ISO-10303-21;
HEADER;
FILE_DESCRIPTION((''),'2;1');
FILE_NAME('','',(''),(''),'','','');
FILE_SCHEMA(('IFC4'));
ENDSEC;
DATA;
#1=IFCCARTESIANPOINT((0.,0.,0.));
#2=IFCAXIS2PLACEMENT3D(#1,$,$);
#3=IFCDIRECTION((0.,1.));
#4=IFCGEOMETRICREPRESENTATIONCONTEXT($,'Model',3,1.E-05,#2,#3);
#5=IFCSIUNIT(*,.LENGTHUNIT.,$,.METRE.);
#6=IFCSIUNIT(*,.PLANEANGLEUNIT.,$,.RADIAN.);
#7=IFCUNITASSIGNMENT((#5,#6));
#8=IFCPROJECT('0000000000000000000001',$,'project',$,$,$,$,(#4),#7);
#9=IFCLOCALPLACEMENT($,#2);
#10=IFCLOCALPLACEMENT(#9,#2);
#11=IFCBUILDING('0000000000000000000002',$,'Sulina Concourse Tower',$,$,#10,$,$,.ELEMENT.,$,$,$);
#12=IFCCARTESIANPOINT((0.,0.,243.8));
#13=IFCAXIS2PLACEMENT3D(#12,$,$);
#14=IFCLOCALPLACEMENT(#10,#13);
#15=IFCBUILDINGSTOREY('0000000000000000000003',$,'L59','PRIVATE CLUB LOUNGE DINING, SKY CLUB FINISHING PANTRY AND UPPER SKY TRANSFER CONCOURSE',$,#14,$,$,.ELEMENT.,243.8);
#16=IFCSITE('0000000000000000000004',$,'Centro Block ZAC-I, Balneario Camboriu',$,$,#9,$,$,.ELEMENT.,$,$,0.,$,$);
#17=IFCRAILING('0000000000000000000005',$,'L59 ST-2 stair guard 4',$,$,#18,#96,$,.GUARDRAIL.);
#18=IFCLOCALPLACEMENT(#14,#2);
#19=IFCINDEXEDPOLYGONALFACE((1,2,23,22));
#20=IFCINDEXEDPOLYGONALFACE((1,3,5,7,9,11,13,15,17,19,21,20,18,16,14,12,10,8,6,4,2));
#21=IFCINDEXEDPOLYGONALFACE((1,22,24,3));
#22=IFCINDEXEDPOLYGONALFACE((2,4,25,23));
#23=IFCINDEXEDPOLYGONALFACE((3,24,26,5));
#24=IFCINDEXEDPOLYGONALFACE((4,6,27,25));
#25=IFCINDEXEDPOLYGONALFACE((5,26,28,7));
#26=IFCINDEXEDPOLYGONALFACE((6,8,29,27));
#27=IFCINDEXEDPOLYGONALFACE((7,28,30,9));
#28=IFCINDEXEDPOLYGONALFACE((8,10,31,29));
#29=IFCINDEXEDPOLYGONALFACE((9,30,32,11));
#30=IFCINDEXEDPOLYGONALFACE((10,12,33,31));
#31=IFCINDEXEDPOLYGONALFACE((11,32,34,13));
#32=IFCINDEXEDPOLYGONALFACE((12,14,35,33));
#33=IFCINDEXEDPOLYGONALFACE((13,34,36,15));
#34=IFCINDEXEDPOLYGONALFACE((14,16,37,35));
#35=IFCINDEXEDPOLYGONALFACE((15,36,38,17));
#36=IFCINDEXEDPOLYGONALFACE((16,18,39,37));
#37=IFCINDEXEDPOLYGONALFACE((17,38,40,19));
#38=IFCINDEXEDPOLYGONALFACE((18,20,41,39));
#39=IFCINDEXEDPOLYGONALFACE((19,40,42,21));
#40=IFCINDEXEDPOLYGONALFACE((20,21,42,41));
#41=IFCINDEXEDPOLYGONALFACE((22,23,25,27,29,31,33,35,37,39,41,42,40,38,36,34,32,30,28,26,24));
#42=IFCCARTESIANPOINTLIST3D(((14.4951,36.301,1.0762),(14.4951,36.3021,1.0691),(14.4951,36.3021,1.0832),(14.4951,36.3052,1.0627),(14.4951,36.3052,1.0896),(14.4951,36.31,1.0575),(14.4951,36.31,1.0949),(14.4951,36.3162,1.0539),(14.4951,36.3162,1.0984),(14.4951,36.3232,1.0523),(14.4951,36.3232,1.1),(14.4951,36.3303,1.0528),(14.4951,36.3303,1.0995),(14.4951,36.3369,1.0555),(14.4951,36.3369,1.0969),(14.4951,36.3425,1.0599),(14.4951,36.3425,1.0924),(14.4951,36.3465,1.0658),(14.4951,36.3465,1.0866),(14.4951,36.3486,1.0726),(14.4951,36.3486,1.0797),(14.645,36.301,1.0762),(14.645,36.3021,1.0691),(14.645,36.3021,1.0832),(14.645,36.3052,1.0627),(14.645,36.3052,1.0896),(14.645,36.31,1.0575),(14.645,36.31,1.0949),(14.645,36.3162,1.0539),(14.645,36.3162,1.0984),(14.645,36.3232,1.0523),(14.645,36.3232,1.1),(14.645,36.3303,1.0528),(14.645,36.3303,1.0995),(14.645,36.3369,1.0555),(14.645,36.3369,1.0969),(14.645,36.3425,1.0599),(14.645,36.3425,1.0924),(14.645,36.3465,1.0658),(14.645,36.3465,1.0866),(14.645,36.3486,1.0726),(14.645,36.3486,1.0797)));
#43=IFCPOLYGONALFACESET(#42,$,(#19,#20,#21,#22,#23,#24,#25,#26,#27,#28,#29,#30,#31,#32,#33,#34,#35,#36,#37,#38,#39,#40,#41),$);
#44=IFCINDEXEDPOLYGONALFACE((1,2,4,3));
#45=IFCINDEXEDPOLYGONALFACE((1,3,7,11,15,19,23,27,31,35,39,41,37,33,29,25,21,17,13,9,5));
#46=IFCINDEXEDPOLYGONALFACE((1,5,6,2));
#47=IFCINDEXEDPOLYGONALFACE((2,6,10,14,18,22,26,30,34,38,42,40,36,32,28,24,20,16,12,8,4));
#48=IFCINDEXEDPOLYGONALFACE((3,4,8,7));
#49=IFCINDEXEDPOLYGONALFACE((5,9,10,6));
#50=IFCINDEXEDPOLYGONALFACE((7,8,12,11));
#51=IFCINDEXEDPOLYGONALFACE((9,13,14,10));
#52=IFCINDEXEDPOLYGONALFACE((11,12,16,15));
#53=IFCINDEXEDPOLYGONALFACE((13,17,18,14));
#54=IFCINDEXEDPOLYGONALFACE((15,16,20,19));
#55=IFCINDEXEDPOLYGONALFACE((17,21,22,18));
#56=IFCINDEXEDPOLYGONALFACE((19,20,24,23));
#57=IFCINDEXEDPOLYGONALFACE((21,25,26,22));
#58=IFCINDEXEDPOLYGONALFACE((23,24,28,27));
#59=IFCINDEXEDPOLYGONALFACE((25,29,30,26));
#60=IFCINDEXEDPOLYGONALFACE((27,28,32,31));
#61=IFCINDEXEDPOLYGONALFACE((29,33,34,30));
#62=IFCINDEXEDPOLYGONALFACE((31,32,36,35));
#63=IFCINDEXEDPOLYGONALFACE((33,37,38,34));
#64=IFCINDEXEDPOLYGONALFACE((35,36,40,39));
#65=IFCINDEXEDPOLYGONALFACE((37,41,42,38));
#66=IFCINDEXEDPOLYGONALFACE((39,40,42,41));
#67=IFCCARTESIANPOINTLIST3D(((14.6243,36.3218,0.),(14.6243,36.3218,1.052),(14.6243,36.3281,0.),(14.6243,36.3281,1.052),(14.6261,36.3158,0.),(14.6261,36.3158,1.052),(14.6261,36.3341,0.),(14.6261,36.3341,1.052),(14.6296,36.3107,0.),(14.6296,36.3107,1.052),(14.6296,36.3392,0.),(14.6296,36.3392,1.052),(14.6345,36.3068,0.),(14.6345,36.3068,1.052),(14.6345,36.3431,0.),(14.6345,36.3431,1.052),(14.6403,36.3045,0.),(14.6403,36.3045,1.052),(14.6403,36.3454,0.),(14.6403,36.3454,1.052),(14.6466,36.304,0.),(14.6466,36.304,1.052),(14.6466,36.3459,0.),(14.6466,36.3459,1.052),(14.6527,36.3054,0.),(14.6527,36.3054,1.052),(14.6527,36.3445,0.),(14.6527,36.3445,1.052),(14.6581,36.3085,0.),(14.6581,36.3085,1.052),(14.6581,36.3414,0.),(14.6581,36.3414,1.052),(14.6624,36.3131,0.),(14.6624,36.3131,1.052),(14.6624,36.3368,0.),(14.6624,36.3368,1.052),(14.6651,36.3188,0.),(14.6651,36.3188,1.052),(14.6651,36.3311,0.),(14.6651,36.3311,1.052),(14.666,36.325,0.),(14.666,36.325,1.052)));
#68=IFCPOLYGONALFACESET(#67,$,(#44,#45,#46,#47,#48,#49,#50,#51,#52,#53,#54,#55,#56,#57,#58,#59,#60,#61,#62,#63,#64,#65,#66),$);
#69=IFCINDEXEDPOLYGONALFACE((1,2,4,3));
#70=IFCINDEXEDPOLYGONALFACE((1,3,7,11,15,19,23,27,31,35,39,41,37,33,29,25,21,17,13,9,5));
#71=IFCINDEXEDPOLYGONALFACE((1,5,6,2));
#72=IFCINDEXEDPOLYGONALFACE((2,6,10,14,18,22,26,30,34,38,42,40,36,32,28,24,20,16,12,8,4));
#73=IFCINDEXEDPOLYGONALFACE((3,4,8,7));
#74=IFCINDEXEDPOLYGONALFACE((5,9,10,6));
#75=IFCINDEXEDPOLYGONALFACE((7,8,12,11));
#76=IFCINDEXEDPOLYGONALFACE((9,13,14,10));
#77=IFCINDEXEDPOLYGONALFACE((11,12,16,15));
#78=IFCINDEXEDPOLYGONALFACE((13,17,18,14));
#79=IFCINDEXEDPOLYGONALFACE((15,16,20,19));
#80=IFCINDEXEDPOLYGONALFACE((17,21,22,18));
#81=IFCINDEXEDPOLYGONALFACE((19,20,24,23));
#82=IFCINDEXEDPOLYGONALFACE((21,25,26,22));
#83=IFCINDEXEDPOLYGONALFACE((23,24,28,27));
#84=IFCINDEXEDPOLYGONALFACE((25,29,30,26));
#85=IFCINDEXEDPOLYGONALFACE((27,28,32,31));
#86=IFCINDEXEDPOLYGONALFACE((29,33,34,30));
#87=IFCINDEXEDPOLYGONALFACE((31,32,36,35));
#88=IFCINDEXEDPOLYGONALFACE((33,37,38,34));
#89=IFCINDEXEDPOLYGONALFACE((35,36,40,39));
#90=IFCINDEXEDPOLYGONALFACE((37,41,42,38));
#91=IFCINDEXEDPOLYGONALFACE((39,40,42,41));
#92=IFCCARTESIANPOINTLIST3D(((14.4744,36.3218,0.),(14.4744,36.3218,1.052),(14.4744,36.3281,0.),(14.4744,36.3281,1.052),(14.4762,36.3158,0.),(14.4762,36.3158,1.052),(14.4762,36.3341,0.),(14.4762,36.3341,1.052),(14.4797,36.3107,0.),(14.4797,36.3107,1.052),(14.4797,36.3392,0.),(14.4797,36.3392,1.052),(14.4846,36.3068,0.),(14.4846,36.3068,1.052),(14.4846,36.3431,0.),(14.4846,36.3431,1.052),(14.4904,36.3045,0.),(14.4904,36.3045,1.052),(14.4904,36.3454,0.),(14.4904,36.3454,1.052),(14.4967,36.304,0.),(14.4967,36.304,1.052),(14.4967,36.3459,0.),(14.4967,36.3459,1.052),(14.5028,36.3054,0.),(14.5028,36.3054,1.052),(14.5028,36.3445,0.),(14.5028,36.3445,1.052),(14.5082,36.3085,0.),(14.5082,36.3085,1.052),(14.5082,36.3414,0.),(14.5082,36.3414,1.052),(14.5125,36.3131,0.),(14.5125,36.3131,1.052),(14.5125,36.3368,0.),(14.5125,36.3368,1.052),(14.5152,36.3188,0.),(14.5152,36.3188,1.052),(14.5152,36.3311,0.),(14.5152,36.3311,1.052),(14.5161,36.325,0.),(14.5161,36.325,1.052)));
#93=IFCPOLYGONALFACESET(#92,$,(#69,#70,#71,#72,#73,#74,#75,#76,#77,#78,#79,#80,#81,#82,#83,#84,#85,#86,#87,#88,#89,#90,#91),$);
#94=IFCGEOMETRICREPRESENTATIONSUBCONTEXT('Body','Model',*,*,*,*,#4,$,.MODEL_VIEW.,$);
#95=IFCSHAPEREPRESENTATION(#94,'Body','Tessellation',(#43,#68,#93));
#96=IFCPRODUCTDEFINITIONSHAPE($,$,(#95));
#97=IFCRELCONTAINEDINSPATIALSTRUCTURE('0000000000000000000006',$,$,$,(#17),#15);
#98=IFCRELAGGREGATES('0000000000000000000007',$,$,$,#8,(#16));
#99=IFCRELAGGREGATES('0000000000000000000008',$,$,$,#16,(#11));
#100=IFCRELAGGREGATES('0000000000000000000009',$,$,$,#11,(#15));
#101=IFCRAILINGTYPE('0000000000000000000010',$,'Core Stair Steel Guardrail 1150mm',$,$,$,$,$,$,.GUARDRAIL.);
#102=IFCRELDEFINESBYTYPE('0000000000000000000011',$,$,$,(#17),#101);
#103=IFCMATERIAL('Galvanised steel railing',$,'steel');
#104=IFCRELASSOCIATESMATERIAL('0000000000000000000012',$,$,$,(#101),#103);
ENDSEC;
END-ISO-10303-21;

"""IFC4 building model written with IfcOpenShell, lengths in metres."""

from ifc_helpers import new_model, si_unit, direction, frame, origin, origin_2d, place, context, subcontext, project, spatial, circle, extrude, material, type_object, element, save


model = new_model("IFC4")

# Units and contexts
model_context = context("Model", 3, precision=1e-05, world=origin(), true_north=direction((0.0, 1.0)))
body_context = subcontext(model_context, "Body", "Model", "MODEL_VIEW")
ifc_project = project(units=[si_unit("LENGTHUNIT", "METRE"), si_unit("PLANEANGLEUNIT", "RADIAN")], contexts=[model_context])

# Site, building, storey
site_placement = place(None, origin())
site = spatial("IfcSite", under=ifc_project, at=site_placement, Name="Centro Block ZAC-I, Balneario Camboriu", CompositionType="ELEMENT", RefElevation=0.0)
building_placement = place(site_placement, origin())
building = spatial("IfcBuilding", under=site, at=building_placement, Name="Sulina Concourse Tower", CompositionType="ELEMENT")
storey_placement = place(building_placement, frame((0.0, 0.0, 243.8)))
storey = spatial("IfcBuildingStorey", under=building, at=storey_placement, Name="L59", Description="PRIVATE CLUB LOUNGE DINING, SKY CLUB FINISHING PANTRY AND UPPER SKY TRANSFER CONCOURSE", CompositionType="ELEMENT", Elevation=243.8)

# Railing
ifc_material_1 = material(Name="Galvanised steel railing", Category="steel")
railing_type_1 = type_object("IfcRailingType", Name="Core Stair Steel Guardrail 1150mm", PredefinedType="GUARDRAIL", material=ifc_material_1)
railing_1_placement = place(storey_placement, frame((14.645, 36.325, 0.0)))
element("IfcRailing", 1, at=railing_1_placement, inside=storey, type_object=railing_type_1, Name="L59 ST-2 stair guard 4", PredefinedType="GUARDRAIL", context=body_context, shape_type="SweptSolid", body=[
    extrude(circle(Radius=0.0239, at=origin_2d()), frame((0.0, 0.0, 1.0762), z_axis=(-1.0, 0.0, 0.0), x_axis=(0.0, -1.0, 0.0)), (0.0, 0.0, 1.0), 0.1499),
    extrude(circle(Radius=0.021, at=origin_2d()), origin(), (0.0, 0.0, 1.0), 1.052),
    extrude(circle(Radius=0.021, at=origin_2d()), frame((-0.1499, 0.0, 0.0)), (0.0, 0.0, 1.0), 1.052),
])

save(model, "model.ifc")
